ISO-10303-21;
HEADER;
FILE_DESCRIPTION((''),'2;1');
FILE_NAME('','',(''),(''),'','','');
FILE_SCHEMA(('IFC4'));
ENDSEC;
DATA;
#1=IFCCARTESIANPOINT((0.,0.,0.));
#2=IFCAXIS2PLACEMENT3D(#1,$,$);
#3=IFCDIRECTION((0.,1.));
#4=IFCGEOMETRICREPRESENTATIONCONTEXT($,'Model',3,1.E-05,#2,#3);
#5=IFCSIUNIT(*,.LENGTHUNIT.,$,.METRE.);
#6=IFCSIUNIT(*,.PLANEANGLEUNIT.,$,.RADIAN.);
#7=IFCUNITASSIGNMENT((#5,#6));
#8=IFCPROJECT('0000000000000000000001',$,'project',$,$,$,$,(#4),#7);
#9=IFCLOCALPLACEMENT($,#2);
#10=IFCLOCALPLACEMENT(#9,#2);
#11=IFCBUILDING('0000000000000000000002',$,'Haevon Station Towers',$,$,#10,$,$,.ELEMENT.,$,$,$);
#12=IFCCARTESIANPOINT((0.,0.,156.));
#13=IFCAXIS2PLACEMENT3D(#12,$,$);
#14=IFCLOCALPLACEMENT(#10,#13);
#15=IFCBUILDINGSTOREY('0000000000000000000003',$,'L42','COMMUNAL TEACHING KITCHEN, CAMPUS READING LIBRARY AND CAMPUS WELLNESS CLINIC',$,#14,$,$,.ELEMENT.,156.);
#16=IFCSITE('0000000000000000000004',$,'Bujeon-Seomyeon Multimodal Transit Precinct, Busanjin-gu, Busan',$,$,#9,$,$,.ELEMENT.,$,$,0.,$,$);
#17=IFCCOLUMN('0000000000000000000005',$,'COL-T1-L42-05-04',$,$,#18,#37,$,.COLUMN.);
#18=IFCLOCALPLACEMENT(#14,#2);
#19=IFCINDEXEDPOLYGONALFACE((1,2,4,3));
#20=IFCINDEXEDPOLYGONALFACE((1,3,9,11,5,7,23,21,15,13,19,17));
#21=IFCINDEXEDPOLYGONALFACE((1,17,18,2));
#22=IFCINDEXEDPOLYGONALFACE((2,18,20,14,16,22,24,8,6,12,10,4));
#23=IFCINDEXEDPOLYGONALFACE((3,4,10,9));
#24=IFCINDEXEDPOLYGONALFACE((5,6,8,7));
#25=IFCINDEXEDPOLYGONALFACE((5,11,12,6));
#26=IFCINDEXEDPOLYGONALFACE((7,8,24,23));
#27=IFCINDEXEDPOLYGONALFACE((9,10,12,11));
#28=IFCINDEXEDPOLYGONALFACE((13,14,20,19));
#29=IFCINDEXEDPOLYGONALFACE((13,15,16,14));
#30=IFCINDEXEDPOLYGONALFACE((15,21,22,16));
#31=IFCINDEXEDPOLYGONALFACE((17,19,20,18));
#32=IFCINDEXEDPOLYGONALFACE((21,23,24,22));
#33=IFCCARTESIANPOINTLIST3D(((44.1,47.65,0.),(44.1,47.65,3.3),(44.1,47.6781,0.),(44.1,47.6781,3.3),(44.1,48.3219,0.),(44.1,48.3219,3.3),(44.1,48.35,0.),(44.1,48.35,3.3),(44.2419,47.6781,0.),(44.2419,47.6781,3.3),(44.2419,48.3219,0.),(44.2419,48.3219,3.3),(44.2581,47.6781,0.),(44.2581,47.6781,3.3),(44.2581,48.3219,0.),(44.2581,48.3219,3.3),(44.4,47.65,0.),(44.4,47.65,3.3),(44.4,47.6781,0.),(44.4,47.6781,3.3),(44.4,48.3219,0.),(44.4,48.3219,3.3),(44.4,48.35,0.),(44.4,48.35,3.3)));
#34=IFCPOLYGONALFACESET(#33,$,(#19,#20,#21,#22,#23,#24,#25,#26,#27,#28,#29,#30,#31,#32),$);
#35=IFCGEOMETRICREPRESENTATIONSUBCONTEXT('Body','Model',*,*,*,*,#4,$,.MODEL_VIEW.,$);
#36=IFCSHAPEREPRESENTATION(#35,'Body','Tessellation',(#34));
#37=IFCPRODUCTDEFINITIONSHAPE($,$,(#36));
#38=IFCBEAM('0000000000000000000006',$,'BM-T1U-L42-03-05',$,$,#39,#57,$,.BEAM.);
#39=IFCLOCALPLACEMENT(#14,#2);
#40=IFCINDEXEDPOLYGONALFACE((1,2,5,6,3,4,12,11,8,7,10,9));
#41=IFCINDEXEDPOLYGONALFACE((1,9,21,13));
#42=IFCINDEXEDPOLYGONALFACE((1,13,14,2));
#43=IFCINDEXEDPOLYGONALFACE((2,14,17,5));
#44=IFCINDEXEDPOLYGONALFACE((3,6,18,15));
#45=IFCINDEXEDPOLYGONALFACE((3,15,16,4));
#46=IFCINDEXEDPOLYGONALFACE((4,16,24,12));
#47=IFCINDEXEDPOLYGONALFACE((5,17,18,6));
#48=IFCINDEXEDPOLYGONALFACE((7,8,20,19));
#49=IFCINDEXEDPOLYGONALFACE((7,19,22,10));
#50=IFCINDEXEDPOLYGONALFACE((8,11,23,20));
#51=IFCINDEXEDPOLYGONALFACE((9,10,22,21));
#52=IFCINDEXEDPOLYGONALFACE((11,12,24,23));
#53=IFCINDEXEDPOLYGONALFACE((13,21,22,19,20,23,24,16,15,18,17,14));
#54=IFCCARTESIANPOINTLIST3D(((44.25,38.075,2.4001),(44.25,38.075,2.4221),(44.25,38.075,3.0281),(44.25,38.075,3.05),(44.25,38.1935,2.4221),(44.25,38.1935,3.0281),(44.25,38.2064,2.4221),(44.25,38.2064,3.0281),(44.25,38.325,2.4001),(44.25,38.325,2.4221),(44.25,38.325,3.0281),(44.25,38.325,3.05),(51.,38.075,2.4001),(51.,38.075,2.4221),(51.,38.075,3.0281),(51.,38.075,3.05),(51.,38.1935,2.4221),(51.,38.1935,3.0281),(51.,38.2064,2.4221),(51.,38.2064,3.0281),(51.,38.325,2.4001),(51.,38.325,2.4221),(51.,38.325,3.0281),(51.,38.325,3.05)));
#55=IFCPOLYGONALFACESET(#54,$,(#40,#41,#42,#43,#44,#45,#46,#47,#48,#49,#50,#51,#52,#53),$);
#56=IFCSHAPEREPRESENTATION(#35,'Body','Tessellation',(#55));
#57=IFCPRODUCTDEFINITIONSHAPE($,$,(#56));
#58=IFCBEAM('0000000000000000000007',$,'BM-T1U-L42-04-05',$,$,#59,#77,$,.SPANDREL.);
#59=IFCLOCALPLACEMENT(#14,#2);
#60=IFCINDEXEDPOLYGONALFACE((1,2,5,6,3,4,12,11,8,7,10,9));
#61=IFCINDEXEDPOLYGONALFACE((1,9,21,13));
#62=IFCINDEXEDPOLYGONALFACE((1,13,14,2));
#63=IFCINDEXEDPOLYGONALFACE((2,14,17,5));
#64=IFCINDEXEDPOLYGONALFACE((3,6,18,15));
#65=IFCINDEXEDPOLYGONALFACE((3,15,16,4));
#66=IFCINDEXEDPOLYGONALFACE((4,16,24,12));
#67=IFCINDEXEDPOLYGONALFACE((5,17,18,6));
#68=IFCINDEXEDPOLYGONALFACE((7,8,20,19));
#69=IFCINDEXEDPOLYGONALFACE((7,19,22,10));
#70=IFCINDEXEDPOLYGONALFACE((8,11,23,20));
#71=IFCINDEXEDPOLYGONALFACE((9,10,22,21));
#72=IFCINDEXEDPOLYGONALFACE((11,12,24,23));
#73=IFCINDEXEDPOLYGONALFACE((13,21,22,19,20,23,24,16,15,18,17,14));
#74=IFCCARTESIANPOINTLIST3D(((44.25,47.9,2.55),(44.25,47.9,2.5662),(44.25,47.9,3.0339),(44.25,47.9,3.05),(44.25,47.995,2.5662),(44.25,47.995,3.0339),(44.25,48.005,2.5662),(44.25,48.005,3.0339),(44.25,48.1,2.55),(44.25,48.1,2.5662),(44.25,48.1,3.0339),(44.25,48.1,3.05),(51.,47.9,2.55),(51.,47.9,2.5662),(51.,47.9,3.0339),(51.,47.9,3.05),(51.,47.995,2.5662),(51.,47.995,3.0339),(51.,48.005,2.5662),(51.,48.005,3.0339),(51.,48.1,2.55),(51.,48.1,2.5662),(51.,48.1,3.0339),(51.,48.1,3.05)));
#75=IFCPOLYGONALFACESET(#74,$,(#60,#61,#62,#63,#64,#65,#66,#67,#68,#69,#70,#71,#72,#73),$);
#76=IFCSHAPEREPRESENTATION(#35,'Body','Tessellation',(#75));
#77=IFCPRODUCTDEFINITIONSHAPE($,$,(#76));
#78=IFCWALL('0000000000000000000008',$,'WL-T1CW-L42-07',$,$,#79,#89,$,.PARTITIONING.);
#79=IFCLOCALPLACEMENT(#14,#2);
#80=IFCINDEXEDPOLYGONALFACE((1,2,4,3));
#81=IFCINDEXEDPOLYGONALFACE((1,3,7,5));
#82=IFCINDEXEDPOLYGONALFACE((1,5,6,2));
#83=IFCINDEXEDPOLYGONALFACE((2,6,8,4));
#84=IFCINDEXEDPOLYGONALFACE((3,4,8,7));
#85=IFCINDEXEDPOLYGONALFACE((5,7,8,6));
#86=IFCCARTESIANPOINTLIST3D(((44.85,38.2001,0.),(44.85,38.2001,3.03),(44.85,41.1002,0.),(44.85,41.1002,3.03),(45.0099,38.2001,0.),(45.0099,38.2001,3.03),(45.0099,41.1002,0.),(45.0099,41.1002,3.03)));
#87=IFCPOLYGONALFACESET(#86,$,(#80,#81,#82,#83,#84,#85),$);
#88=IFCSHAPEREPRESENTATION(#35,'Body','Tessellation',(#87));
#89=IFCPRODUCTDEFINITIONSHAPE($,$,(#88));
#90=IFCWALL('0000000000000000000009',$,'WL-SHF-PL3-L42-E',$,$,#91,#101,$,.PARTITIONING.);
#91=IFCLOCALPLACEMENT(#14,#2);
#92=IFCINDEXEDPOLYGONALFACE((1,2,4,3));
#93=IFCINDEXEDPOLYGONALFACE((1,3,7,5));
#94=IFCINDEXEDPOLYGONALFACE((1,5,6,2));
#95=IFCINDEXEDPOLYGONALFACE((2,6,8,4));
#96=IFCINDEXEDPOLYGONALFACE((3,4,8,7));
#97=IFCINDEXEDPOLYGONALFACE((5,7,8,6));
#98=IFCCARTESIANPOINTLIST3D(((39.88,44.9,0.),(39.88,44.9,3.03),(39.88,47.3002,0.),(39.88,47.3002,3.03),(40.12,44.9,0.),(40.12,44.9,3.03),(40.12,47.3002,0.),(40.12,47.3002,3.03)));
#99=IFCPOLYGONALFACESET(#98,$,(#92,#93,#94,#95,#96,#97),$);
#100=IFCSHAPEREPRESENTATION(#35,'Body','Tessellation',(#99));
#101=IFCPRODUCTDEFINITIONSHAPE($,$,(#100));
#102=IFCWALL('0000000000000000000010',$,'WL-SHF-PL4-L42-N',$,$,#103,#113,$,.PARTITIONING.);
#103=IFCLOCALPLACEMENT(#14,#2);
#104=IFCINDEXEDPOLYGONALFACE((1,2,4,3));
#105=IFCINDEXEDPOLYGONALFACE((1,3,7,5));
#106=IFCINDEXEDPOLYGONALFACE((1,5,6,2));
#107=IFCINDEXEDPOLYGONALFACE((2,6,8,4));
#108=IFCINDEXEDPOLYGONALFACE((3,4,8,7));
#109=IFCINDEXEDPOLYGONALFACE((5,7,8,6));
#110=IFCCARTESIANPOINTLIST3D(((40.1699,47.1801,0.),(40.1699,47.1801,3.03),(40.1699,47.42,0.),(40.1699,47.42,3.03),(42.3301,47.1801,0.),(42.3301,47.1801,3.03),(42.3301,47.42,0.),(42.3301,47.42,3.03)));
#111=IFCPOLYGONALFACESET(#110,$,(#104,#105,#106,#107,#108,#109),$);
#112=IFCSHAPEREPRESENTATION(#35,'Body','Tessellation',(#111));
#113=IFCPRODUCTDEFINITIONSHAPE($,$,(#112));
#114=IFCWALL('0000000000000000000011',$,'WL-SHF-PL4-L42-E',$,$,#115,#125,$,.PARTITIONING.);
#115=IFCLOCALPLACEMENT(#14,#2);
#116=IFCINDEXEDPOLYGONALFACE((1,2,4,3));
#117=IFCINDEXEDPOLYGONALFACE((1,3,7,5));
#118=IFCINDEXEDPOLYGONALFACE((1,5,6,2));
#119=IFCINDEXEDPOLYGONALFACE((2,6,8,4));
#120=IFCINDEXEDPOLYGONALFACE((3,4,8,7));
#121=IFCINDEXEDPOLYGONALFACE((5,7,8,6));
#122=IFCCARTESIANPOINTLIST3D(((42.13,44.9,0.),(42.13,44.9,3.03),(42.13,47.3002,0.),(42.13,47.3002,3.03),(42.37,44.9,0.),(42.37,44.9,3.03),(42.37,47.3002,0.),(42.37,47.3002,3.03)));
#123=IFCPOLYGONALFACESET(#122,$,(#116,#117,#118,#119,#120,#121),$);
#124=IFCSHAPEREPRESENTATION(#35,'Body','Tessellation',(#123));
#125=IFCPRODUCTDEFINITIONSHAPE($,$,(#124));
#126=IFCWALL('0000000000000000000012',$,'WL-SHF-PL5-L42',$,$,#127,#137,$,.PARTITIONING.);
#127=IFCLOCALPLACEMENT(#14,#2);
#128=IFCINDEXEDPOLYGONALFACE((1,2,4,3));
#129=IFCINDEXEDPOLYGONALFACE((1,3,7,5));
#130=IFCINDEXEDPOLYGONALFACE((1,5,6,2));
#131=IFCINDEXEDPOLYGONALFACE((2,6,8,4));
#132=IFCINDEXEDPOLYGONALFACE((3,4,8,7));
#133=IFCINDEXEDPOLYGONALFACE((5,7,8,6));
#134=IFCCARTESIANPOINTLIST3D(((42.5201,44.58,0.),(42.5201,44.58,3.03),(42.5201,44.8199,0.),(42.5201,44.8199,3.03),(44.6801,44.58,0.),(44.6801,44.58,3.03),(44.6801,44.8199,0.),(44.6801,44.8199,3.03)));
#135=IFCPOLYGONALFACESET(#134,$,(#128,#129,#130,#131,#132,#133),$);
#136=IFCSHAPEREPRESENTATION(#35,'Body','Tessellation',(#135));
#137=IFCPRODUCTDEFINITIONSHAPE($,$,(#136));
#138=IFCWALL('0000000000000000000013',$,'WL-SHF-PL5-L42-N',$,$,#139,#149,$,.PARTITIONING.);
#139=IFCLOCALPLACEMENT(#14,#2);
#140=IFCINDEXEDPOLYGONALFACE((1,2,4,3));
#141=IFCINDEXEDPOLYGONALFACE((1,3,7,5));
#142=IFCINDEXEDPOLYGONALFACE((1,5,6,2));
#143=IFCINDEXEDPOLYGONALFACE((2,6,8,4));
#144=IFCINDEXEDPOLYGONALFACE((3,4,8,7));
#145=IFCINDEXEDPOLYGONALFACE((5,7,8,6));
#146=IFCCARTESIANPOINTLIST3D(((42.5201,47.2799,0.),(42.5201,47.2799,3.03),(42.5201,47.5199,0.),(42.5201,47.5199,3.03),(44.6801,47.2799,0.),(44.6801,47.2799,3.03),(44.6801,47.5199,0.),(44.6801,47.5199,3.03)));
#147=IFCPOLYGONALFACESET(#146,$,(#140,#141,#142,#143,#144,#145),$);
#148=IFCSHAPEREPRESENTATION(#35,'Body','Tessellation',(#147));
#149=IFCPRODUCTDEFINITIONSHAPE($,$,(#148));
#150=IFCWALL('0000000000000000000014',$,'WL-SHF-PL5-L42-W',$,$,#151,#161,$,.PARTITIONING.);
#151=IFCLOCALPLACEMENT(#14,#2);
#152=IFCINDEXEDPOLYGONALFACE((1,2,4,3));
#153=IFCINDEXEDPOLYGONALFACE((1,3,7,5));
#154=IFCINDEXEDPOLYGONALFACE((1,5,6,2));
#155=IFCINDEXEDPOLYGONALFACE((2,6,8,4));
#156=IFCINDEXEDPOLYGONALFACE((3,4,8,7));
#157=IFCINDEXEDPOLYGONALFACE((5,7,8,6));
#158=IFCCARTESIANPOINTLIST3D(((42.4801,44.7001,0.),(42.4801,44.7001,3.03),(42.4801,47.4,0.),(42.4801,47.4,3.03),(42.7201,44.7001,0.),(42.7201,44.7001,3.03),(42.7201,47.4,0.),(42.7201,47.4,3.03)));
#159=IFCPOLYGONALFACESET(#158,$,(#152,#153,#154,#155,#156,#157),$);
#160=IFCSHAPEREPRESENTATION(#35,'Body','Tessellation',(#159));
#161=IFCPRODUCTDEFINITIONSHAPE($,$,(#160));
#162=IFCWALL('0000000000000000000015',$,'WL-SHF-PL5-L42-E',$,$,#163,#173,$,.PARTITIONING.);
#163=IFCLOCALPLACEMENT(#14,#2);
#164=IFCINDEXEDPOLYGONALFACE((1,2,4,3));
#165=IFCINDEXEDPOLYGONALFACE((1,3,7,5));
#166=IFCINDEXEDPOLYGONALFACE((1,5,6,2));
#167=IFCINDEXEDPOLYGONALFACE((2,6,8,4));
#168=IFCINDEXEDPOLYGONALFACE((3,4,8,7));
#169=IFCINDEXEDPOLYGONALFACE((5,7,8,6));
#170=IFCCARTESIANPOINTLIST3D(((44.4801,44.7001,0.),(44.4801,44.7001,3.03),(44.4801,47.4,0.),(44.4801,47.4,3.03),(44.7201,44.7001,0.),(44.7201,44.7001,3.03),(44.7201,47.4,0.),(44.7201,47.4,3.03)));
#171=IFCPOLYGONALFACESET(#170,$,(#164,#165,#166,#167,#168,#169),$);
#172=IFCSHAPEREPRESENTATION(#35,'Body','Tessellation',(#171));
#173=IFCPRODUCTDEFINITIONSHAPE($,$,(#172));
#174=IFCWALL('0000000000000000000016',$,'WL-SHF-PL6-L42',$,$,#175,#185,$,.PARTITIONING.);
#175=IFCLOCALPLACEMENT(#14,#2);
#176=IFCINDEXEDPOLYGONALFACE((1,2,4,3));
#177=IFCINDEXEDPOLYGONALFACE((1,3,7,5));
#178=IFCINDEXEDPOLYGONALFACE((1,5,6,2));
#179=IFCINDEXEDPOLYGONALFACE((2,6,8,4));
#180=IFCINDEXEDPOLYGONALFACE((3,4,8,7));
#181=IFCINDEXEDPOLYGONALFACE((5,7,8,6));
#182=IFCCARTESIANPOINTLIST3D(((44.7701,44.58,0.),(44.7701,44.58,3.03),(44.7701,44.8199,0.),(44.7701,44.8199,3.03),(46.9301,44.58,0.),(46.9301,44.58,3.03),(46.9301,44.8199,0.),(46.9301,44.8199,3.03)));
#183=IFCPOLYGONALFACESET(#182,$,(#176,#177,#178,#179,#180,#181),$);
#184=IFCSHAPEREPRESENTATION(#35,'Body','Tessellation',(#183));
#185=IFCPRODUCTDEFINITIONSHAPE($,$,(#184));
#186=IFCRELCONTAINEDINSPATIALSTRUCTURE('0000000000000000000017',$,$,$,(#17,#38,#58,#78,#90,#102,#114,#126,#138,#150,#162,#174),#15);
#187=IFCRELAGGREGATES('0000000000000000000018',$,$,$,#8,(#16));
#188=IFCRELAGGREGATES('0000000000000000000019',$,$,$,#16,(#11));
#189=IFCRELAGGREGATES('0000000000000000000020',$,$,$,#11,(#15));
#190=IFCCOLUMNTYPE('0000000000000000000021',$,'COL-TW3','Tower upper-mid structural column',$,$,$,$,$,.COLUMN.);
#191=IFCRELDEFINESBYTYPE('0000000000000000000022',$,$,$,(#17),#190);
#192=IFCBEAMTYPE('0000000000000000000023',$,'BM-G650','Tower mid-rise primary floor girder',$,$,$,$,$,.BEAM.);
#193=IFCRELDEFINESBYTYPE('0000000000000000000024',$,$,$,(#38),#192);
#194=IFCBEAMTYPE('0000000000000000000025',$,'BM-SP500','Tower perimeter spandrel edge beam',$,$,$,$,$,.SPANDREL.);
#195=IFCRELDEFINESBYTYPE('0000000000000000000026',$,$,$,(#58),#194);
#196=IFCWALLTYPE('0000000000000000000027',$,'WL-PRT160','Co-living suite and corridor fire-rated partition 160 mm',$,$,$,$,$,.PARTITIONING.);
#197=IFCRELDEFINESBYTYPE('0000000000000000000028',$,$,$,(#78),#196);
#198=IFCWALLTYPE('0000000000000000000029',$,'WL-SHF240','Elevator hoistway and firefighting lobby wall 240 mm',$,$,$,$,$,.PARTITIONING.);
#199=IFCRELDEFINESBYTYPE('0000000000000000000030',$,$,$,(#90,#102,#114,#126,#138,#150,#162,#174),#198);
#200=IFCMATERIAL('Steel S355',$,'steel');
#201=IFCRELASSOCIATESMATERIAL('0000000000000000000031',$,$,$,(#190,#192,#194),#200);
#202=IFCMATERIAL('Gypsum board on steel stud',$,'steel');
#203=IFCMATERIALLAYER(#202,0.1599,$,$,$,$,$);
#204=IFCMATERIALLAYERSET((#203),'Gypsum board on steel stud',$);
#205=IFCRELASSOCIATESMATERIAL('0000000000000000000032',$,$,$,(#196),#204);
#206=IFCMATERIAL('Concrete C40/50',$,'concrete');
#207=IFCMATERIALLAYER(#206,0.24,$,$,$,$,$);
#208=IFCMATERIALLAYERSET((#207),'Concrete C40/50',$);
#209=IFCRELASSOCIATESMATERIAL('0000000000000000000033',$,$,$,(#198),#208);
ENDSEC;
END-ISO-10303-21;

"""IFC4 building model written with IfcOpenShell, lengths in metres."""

from ifc_helpers import new_model, si_unit, direction, frame, frame_2d, origin, origin_2d, place, context, subcontext, project, spatial, rectangle, i_section, extrude, material, layer, layer_set, material_profile, profile_set, type_object, element, save


model = new_model("IFC4")

# Units and contexts
model_context = context("Model", 3, precision=1e-05, world=origin(), true_north=direction((0.0, 1.0)))
body_context = subcontext(model_context, "Body", "Model", "MODEL_VIEW")
ifc_project = project(units=[si_unit("LENGTHUNIT", "METRE"), si_unit("PLANEANGLEUNIT", "RADIAN")], contexts=[model_context])

# Site, building, storey
site_placement = place(None, origin())
site = spatial("IfcSite", under=ifc_project, at=site_placement, Name="Bujeon-Seomyeon Multimodal Transit Precinct, Busanjin-gu, Busan", CompositionType="ELEMENT", RefElevation=0.0)
building_placement = place(site_placement, origin())
building = spatial("IfcBuilding", under=site, at=building_placement, Name="Haevon Station Towers", CompositionType="ELEMENT")
storey_placement = place(building_placement, frame((0.0, 0.0, 156.0)))
storey = spatial("IfcBuildingStorey", under=building, at=storey_placement, Name="L42", Description="COMMUNAL TEACHING KITCHEN, CAMPUS READING LIBRARY AND CAMPUS WELLNESS CLINIC", CompositionType="ELEMENT", Elevation=156.0)

# Column
ifc_material_1 = material(Name="Steel S355", Category="steel")
ifc_material_profile_1 = material_profile(ifc_material_1, i_section(OverallWidth=0.3, OverallDepth=0.7, WebThickness=0.0161, FlangeThickness=0.0281, at=origin_2d()), Name="H-700x300x16x28")
ifc_profile_set_1 = profile_set([ifc_material_profile_1], Name="Steel S355")
column_type = type_object("IfcColumnType", Name="COL-TW3", Description="Tower upper-mid structural column", PredefinedType="COLUMN", material=ifc_profile_set_1)
column_placement = place(storey_placement, frame((44.25, 48.0, 0.0), z_axis=(0.0, 0.0, 1.0), x_axis=(1.0, 0.0, 0.0)))
element("IfcColumn", 1, at=column_placement, inside=storey, type_object=column_type, Name="COL-T1-L42-05-04", PredefinedType="COLUMN", context=body_context, shape_type="SweptSolid", body=[
    extrude(i_section(OverallWidth=0.3, OverallDepth=0.7, WebThickness=0.0161, FlangeThickness=0.0281, at=origin_2d()), origin(), (0.0, 0.0, 1.0), 3.3),
])

# Beams
ifc_material_profile_2 = material_profile(ifc_material_1, i_section(OverallWidth=0.25, OverallDepth=0.6499, WebThickness=0.0129, FlangeThickness=0.022, at=origin_2d()), Name="H-650x250x13x22")
ifc_profile_set_2 = profile_set([ifc_material_profile_2], Name="Steel S355")
beam_type_1 = type_object("IfcBeamType", Name="BM-G650", Description="Tower mid-rise primary floor girder", PredefinedType="BEAM", material=ifc_profile_set_2)
beam_1_placement = place(storey_placement, frame((44.25, 38.2, 2.7251), z_axis=(1.0, 0.0, 0.0), x_axis=(0.0, 1.0, 0.0)))
element("IfcBeam", 2, at=beam_1_placement, inside=storey, type_object=beam_type_1, Name="BM-T1U-L42-03-05", PredefinedType="BEAM", context=body_context, shape_type="SweptSolid", body=[
    extrude(i_section(OverallWidth=0.25, OverallDepth=0.6499, WebThickness=0.0129, FlangeThickness=0.022, at=origin_2d()), origin(), (0.0, 0.0, 1.0), 6.75),
])
ifc_material_profile_3 = material_profile(ifc_material_1, i_section(OverallWidth=0.2, OverallDepth=0.5, WebThickness=0.01, FlangeThickness=0.0161, at=origin_2d()), Name="H-500x200x10x16")
ifc_profile_set_3 = profile_set([ifc_material_profile_3], Name="Steel S355")
beam_type_2 = type_object("IfcBeamType", Name="BM-SP500", Description="Tower perimeter spandrel edge beam", PredefinedType="SPANDREL", material=ifc_profile_set_3)
beam_2_placement = place(storey_placement, frame((44.25, 48.0, 2.8), z_axis=(1.0, 0.0, 0.0), x_axis=(0.0, 1.0, 0.0)))
element("IfcBeam", 3, at=beam_2_placement, inside=storey, type_object=beam_type_2, Name="BM-T1U-L42-04-05", PredefinedType="SPANDREL", context=body_context, shape_type="SweptSolid", body=[
    extrude(i_section(OverallWidth=0.2, OverallDepth=0.5, WebThickness=0.01, FlangeThickness=0.0161, at=origin_2d()), origin(), (0.0, 0.0, 1.0), 6.75),
])

# Walls
ifc_material_2 = material(Name="Gypsum board on steel stud", Category="steel")
ifc_layer_1 = layer(ifc_material_2, 0.1599)
ifc_layer_set_1 = layer_set([ifc_layer_1], Name="Gypsum board on steel stud")
wall_type_1 = type_object("IfcWallType", Name="WL-PRT160", Description="Co-living suite and corridor fire-rated partition 160 mm", PredefinedType="PARTITIONING", material=ifc_layer_set_1)
wall_1_placement = place(storey_placement, frame((44.9299, 38.2, 0.0), z_axis=(0.0, 0.0, 1.0), x_axis=(0.0, 1.0, 0.0)))
element("IfcWall", 4, at=wall_1_placement, inside=storey, type_object=wall_type_1, Name="WL-T1CW-L42-07", PredefinedType="PARTITIONING", context=body_context, shape_type="SweptSolid", body=[
    extrude(rectangle(XDim=2.9001, YDim=0.1599, at=frame_2d((1.4502, 0.0))), origin(), (0.0, 0.0, 1.0), 3.03),
])
ifc_material_3 = material(Name="Concrete C40/50", Category="concrete")
ifc_layer_2 = layer(ifc_material_3, 0.24)
ifc_layer_set_2 = layer_set([ifc_layer_2], Name="Concrete C40/50")
wall_type_2 = type_object("IfcWallType", Name="WL-SHF240", Description="Elevator hoistway and firefighting lobby wall 240 mm", PredefinedType="PARTITIONING", material=ifc_layer_set_2)
wall_2_placement = place(storey_placement, frame((40.0, 44.8999, 0.0), z_axis=(0.0, 0.0, 1.0), x_axis=(0.0, 1.0, 0.0)))
element("IfcWall", 5, at=wall_2_placement, inside=storey, type_object=wall_type_2, Name="WL-SHF-PL3-L42-E", PredefinedType="PARTITIONING", context=body_context, shape_type="SweptSolid", body=[
    extrude(rectangle(XDim=2.4001, YDim=0.24, at=frame_2d((1.2002, 0.0))), origin(), (0.0, 0.0, 1.0), 3.03),
])

# Walls
wall_3_placement = place(storey_placement, frame((40.1699, 47.3, 0.0), z_axis=(0.0, 0.0, 1.0), x_axis=(1.0, 0.0, 0.0)))
element("IfcWall", 6, at=wall_3_placement, inside=storey, type_object=wall_type_2, Name="WL-SHF-PL4-L42-N", PredefinedType="PARTITIONING", context=body_context, shape_type="SweptSolid", body=[
    extrude(rectangle(XDim=2.1602, YDim=0.24, at=frame_2d((1.0801, 0.0))), origin(), (0.0, 0.0, 1.0), 3.03),
])
wall_4_placement = place(storey_placement, frame((42.25, 44.8999, 0.0), z_axis=(0.0, 0.0, 1.0), x_axis=(0.0, 1.0, 0.0)))
element("IfcWall", 7, at=wall_4_placement, inside=storey, type_object=wall_type_2, Name="WL-SHF-PL4-L42-E", PredefinedType="PARTITIONING", context=body_context, shape_type="SweptSolid", body=[
    extrude(rectangle(XDim=2.4001, YDim=0.24, at=frame_2d((1.2002, 0.0))), origin(), (0.0, 0.0, 1.0), 3.03),
])
for number, where, z_axis, x_axis, name in (
    (8, (42.52, 44.7, 0.0), (0.0, 0.0, 1.0), (1.0, 0.0, 0.0), "WL-SHF-PL5-L42"),
    (9, (42.52, 47.3999, 0.0), (0.0, 0.0, 1.0), (1.0, 0.0, 0.0), "WL-SHF-PL5-L42-N"),
):
    element("IfcWall", number, at=place(storey_placement, frame(where, z_axis=z_axis, x_axis=x_axis)), inside=storey, type_object=wall_type_2, Name=name, PredefinedType="PARTITIONING", context=body_context, shape_type="SweptSolid", body=[
        extrude(rectangle(XDim=2.1599, YDim=0.24, at=frame_2d((1.0801, 0.0))), origin(), (0.0, 0.0, 1.0), 3.03),
    ])
for number, where, z_axis, x_axis, name in (
    (10, (42.6001, 44.7, 0.0), (0.0, 0.0, 1.0), (0.0, 1.0, 0.0), "WL-SHF-PL5-L42-W"),
    (11, (44.6001, 44.7, 0.0), (0.0, 0.0, 1.0), (0.0, 1.0, 0.0), "WL-SHF-PL5-L42-E"),
):
    element("IfcWall", number, at=place(storey_placement, frame(where, z_axis=z_axis, x_axis=x_axis)), inside=storey, type_object=wall_type_2, Name=name, PredefinedType="PARTITIONING", context=body_context, shape_type="SweptSolid", body=[
        extrude(rectangle(XDim=2.7, YDim=0.24, at=frame_2d((1.3501, 0.0))), origin(), (0.0, 0.0, 1.0), 3.03),
    ])
for number, where, z_axis, x_axis, name in (
    (12, (44.77, 44.7, 0.0), (0.0, 0.0, 1.0), (1.0, 0.0, 0.0), "WL-SHF-PL6-L42"),
):
    element("IfcWall", number, at=place(storey_placement, frame(where, z_axis=z_axis, x_axis=x_axis)), inside=storey, type_object=wall_type_2, Name=name, PredefinedType="PARTITIONING", context=body_context, shape_type="SweptSolid", body=[
        extrude(rectangle(XDim=2.1599, YDim=0.24, at=frame_2d((1.0801, 0.0))), origin(), (0.0, 0.0, 1.0), 3.03),
    ])

save(model, "model.ifc")
